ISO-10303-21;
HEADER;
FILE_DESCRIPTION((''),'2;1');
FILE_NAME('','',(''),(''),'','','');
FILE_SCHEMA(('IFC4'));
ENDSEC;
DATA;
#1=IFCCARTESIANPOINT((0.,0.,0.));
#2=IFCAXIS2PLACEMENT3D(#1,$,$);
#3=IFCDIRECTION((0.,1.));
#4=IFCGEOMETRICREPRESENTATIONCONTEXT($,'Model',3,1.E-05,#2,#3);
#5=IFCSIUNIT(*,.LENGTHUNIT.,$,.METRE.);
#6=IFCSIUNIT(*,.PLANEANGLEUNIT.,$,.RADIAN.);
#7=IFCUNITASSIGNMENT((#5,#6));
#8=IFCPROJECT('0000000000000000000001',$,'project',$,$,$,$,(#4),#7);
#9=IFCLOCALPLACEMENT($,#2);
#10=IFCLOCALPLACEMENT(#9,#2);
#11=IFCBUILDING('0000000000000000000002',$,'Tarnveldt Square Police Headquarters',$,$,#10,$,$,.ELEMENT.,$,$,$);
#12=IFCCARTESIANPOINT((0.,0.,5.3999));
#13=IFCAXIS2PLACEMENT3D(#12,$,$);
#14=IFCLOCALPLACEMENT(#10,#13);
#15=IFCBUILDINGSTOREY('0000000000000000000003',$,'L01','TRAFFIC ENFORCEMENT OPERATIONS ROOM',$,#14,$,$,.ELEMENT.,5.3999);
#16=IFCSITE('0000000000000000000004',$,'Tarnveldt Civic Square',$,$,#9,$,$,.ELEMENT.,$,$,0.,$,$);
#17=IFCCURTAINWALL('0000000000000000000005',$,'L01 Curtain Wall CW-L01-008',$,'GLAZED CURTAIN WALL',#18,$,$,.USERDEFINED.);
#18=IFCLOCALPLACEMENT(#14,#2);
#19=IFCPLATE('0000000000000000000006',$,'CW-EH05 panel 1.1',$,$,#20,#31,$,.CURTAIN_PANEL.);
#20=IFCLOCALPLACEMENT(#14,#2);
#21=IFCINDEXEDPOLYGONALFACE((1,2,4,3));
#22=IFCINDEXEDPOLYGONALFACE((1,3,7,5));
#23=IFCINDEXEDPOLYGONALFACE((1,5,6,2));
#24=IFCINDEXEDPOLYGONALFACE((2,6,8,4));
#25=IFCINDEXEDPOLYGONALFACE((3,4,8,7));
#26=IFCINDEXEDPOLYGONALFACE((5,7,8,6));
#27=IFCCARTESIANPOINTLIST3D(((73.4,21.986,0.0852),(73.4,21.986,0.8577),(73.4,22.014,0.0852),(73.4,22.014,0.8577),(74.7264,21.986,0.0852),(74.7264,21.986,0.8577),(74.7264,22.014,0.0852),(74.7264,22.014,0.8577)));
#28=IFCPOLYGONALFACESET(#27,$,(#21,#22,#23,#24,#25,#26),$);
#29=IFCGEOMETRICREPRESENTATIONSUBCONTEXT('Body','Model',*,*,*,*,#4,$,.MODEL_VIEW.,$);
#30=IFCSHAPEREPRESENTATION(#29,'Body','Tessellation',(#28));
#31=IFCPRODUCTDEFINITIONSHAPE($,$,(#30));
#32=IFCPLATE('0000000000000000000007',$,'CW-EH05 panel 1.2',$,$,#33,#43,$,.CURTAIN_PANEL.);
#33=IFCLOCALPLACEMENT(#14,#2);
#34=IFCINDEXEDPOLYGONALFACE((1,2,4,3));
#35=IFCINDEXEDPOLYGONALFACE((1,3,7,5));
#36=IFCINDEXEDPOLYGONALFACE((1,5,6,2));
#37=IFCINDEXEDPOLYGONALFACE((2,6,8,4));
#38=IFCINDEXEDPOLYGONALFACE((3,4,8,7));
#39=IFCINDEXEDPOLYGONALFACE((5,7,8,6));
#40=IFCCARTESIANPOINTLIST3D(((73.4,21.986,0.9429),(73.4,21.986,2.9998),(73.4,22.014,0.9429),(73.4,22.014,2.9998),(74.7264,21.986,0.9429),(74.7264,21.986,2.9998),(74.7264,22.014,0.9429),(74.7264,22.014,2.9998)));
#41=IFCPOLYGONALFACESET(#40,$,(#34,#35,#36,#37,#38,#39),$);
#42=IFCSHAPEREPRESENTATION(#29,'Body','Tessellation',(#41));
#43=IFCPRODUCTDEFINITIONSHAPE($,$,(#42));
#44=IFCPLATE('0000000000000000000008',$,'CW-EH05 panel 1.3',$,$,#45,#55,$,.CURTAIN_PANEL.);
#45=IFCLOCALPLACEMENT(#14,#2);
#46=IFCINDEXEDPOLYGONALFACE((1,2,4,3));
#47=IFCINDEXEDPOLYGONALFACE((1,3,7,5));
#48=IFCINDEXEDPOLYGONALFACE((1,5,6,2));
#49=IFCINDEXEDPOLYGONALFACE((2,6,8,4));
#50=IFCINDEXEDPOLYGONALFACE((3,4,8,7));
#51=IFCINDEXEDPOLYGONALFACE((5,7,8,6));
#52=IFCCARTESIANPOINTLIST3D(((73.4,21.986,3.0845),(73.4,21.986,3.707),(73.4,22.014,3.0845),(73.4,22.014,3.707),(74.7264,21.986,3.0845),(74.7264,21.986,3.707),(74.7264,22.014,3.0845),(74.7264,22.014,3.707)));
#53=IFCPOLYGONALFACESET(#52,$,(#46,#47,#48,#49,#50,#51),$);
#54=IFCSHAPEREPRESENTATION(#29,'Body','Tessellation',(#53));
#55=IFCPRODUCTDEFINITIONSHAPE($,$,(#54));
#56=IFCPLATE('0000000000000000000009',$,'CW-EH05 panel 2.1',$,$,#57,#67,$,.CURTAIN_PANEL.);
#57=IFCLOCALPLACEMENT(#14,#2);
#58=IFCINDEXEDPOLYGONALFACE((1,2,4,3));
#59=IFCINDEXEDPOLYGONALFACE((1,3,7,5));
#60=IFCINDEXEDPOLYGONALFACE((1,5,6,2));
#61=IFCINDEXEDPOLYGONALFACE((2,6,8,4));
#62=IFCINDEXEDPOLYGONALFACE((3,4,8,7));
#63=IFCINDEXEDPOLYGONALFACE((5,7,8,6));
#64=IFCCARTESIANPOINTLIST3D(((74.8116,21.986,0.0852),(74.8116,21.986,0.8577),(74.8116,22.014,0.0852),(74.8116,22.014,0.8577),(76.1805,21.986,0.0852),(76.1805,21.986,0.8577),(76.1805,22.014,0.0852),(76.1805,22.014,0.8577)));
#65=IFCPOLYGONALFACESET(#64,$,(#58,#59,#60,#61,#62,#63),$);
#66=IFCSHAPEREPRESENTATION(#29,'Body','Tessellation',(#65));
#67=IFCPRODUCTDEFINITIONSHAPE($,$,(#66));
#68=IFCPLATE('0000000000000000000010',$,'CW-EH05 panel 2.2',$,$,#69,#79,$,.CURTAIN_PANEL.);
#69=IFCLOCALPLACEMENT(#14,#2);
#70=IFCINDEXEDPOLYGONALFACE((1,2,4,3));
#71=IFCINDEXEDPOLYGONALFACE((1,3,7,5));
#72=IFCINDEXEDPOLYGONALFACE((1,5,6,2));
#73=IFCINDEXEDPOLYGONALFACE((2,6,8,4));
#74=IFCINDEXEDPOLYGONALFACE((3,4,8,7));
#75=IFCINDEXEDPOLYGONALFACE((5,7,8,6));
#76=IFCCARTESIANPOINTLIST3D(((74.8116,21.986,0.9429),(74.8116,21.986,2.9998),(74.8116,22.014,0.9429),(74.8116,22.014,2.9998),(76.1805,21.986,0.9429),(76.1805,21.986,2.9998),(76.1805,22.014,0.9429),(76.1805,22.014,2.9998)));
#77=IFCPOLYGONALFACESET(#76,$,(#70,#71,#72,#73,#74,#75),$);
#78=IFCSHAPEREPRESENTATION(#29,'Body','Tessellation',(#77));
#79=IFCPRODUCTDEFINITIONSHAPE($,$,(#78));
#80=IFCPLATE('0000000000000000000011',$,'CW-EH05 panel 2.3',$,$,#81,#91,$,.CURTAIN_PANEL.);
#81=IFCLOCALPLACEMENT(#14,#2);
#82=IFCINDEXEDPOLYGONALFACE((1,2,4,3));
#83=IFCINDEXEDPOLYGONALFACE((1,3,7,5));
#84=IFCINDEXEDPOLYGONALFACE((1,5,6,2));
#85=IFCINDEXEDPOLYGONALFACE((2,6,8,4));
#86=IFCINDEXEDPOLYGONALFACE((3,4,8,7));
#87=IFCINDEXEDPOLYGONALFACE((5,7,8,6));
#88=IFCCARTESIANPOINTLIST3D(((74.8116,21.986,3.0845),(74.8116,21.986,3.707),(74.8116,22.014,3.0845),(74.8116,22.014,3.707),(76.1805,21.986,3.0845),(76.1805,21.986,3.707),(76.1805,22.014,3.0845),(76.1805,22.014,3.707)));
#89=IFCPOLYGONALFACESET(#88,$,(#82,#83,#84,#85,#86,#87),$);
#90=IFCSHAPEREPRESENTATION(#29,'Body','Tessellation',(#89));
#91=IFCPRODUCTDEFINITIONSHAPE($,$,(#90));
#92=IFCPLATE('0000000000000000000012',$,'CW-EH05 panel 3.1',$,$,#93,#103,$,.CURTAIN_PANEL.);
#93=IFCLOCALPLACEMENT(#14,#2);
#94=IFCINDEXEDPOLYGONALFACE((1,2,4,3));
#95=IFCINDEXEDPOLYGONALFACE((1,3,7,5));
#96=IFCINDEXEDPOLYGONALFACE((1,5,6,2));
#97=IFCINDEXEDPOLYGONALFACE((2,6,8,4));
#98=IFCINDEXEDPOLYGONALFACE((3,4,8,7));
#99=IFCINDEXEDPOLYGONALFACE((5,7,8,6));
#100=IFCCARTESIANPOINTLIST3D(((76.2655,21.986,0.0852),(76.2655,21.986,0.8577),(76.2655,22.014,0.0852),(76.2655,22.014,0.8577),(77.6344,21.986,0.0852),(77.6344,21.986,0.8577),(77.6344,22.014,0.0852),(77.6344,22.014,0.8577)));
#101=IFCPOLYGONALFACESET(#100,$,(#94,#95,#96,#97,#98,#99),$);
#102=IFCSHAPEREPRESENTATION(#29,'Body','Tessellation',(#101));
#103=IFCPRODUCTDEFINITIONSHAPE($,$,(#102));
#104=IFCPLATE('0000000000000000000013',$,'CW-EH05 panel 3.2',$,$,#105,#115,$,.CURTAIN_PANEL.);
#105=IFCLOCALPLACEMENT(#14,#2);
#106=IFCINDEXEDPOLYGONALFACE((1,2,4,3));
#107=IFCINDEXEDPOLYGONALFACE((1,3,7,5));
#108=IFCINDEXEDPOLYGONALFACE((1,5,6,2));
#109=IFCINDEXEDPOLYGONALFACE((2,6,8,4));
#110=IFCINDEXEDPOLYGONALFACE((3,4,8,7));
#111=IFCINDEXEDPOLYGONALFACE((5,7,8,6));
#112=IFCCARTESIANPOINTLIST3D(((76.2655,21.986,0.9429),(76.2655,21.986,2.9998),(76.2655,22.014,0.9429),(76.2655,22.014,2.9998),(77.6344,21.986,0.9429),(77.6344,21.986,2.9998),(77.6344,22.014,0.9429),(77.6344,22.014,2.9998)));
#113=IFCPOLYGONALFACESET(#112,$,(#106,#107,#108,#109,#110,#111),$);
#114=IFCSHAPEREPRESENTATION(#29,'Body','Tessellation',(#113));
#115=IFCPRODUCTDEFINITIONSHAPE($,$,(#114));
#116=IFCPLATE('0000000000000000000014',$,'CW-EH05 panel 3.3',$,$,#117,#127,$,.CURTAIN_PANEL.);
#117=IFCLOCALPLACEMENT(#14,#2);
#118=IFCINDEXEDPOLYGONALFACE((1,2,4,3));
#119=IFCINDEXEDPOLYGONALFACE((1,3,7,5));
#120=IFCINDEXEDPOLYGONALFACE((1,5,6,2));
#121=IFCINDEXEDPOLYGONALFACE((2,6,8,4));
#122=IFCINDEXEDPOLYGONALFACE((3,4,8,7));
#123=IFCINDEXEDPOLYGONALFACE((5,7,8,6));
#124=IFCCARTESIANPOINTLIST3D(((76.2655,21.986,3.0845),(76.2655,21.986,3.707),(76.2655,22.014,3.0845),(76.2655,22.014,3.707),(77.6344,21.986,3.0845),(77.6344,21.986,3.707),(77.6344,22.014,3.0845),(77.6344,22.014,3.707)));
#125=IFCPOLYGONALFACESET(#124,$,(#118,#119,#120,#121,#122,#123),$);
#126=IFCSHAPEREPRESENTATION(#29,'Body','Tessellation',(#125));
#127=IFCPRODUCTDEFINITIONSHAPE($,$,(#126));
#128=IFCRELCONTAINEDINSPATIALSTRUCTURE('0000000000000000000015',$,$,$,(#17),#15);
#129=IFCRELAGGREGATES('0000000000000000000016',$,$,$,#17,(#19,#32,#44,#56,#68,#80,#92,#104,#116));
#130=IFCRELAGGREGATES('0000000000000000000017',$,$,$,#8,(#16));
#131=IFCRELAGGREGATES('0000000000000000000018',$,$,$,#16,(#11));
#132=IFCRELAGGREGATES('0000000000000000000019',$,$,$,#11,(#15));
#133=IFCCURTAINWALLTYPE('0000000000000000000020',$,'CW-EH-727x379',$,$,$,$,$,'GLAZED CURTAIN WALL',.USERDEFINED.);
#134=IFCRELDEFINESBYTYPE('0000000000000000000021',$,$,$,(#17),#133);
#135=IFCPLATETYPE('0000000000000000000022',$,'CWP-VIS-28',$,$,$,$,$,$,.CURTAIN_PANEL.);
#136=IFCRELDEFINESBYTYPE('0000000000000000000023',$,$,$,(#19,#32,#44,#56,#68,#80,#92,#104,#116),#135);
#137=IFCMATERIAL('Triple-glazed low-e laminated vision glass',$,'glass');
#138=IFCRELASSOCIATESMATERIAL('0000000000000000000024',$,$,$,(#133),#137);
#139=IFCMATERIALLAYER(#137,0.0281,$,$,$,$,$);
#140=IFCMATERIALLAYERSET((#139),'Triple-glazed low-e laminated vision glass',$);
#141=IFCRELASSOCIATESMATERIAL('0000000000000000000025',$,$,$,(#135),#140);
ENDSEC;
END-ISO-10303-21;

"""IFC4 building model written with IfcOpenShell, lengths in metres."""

from ifc_helpers import new_model, si_unit, direction, frame, origin, origin_2d, place, context, subcontext, project, spatial, rectangle, extrude, material, layer, layer_set, type_object, element, aggregate, save


model = new_model("IFC4")

# Units and contexts
model_context = context("Model", 3, precision=1e-05, world=origin(), true_north=direction((0.0, 1.0)))
body_context = subcontext(model_context, "Body", "Model", "MODEL_VIEW")
ifc_project = project(units=[si_unit("LENGTHUNIT", "METRE"), si_unit("PLANEANGLEUNIT", "RADIAN")], contexts=[model_context])

# Site, building, storey
site_placement = place(None, origin())
site = spatial("IfcSite", under=ifc_project, at=site_placement, Name="Tarnveldt Civic Square", CompositionType="ELEMENT", RefElevation=0.0)
building_placement = place(site_placement, origin())
building = spatial("IfcBuilding", under=site, at=building_placement, Name="Tarnveldt Square Police Headquarters", CompositionType="ELEMENT")
storey_placement = place(building_placement, frame((0.0, 0.0, 5.3999)))
storey = spatial("IfcBuildingStorey", under=building, at=storey_placement, Name="L01", Description="TRAFFIC ENFORCEMENT OPERATIONS ROOM", CompositionType="ELEMENT", Elevation=5.3999)

# Curtain wall
ifc_material_1 = material(Name="Triple-glazed low-e laminated vision glass", Category="glass")
curtain_wall_type_1 = type_object("IfcCurtainWallType", Name="CW-EH-727x379", ElementType="GLAZED CURTAIN WALL", PredefinedType="USERDEFINED", material=ifc_material_1)
curtain_wall_1_placement = place(storey_placement, origin())
curtain_wall_1 = element("IfcCurtainWall", 1, at=curtain_wall_1_placement, inside=storey, type_object=curtain_wall_type_1, Name="L01 Curtain Wall CW-L01-008", ObjectType="GLAZED CURTAIN WALL", PredefinedType="USERDEFINED")

# Plates
ifc_layer = layer(ifc_material_1, 0.0281)
ifc_layer_set = layer_set([ifc_layer], Name="Triple-glazed low-e laminated vision glass")
plate_type = type_object("IfcPlateType", Name="CWP-VIS-28", PredefinedType="CURTAIN_PANEL", material=ifc_layer_set)
plate_1_placement = place(storey_placement, frame((74.0632, 22.0, 0.0852), z_axis=(0.0, 0.0, 1.0), x_axis=(1.0, 0.0, 0.0)))
plate_1 = element("IfcPlate", 2, at=plate_1_placement, type_object=plate_type, Name="CW-EH05 panel 1.1", PredefinedType="CURTAIN_PANEL", context=body_context, shape_type="SweptSolid", body=[
    extrude(rectangle(XDim=1.3264, YDim=0.0281, at=origin_2d()), origin(), (0.0, 0.0, 1.0), 0.7725),
])
plate_2_placement = place(storey_placement, frame((74.0632, 22.0, 0.9429), z_axis=(0.0, 0.0, 1.0), x_axis=(1.0, 0.0, 0.0)))
plate_2 = element("IfcPlate", 3, at=plate_2_placement, type_object=plate_type, Name="CW-EH05 panel 1.2", PredefinedType="CURTAIN_PANEL", context=body_context, shape_type="SweptSolid", body=[
    extrude(rectangle(XDim=1.3264, YDim=0.0281, at=origin_2d()), origin(), (0.0, 0.0, 1.0), 2.0569),
])
plate_3_placement = place(storey_placement, frame((74.0632, 22.0, 3.0845), z_axis=(0.0, 0.0, 1.0), x_axis=(1.0, 0.0, 0.0)))
plate_3 = element("IfcPlate", 4, at=plate_3_placement, type_object=plate_type, Name="CW-EH05 panel 1.3", PredefinedType="CURTAIN_PANEL", context=body_context, shape_type="SweptSolid", body=[
    extrude(rectangle(XDim=1.3264, YDim=0.0281, at=origin_2d()), origin(), (0.0, 0.0, 1.0), 0.6226),
])
plate_4_placement = place(storey_placement, frame((75.4961, 22.0, 0.0852), z_axis=(0.0, 0.0, 1.0), x_axis=(1.0, 0.0, 0.0)))
plate_4 = element("IfcPlate", 5, at=plate_4_placement, type_object=plate_type, Name="CW-EH05 panel 2.1", PredefinedType="CURTAIN_PANEL", context=body_context, shape_type="SweptSolid", body=[
    extrude(rectangle(XDim=1.3689, YDim=0.0281, at=origin_2d()), origin(), (0.0, 0.0, 1.0), 0.7725),
])
plate_5_placement = place(storey_placement, frame((75.4961, 22.0, 0.9429), z_axis=(0.0, 0.0, 1.0), x_axis=(1.0, 0.0, 0.0)))
plate_5 = element("IfcPlate", 6, at=plate_5_placement, type_object=plate_type, Name="CW-EH05 panel 2.2", PredefinedType="CURTAIN_PANEL", context=body_context, shape_type="SweptSolid", body=[
    extrude(rectangle(XDim=1.3689, YDim=0.0281, at=origin_2d()), origin(), (0.0, 0.0, 1.0), 2.0569),
])
plate_6_placement = place(storey_placement, frame((75.4961, 22.0, 3.0845), z_axis=(0.0, 0.0, 1.0), x_axis=(1.0, 0.0, 0.0)))
plate_6 = element("IfcPlate", 7, at=plate_6_placement, type_object=plate_type, Name="CW-EH05 panel 2.3", PredefinedType="CURTAIN_PANEL", context=body_context, shape_type="SweptSolid", body=[
    extrude(rectangle(XDim=1.3689, YDim=0.0281, at=origin_2d()), origin(), (0.0, 0.0, 1.0), 0.6226),
])
plate_7_placement = place(storey_placement, frame((76.95, 22.0, 0.0852), z_axis=(0.0, 0.0, 1.0), x_axis=(1.0, 0.0, 0.0)))
plate_7 = element("IfcPlate", 8, at=plate_7_placement, type_object=plate_type, Name="CW-EH05 panel 3.1", PredefinedType="CURTAIN_PANEL", context=body_context, shape_type="SweptSolid", body=[
    extrude(rectangle(XDim=1.3689, YDim=0.0281, at=origin_2d()), origin(), (0.0, 0.0, 1.0), 0.7725),
])
plate_8_placement = place(storey_placement, frame((76.95, 22.0, 0.9429), z_axis=(0.0, 0.0, 1.0), x_axis=(1.0, 0.0, 0.0)))
plate_8 = element("IfcPlate", 9, at=plate_8_placement, type_object=plate_type, Name="CW-EH05 panel 3.2", PredefinedType="CURTAIN_PANEL", context=body_context, shape_type="SweptSolid", body=[
    extrude(rectangle(XDim=1.3689, YDim=0.0281, at=origin_2d()), origin(), (0.0, 0.0, 1.0), 2.0569),
])
plate_9_placement = place(storey_placement, frame((76.95, 22.0, 3.0845), z_axis=(0.0, 0.0, 1.0), x_axis=(1.0, 0.0, 0.0)))
plate_9 = element("IfcPlate", 10, at=plate_9_placement, type_object=plate_type, Name="CW-EH05 panel 3.3", PredefinedType="CURTAIN_PANEL", context=body_context, shape_type="SweptSolid", body=[
    extrude(rectangle(XDim=1.3689, YDim=0.0281, at=origin_2d()), origin(), (0.0, 0.0, 1.0), 0.6226),
])
aggregate(curtain_wall_1, [plate_1, plate_2, plate_3, plate_4, plate_5, plate_6, plate_7, plate_8, plate_9])

save(model, "model.ifc")
